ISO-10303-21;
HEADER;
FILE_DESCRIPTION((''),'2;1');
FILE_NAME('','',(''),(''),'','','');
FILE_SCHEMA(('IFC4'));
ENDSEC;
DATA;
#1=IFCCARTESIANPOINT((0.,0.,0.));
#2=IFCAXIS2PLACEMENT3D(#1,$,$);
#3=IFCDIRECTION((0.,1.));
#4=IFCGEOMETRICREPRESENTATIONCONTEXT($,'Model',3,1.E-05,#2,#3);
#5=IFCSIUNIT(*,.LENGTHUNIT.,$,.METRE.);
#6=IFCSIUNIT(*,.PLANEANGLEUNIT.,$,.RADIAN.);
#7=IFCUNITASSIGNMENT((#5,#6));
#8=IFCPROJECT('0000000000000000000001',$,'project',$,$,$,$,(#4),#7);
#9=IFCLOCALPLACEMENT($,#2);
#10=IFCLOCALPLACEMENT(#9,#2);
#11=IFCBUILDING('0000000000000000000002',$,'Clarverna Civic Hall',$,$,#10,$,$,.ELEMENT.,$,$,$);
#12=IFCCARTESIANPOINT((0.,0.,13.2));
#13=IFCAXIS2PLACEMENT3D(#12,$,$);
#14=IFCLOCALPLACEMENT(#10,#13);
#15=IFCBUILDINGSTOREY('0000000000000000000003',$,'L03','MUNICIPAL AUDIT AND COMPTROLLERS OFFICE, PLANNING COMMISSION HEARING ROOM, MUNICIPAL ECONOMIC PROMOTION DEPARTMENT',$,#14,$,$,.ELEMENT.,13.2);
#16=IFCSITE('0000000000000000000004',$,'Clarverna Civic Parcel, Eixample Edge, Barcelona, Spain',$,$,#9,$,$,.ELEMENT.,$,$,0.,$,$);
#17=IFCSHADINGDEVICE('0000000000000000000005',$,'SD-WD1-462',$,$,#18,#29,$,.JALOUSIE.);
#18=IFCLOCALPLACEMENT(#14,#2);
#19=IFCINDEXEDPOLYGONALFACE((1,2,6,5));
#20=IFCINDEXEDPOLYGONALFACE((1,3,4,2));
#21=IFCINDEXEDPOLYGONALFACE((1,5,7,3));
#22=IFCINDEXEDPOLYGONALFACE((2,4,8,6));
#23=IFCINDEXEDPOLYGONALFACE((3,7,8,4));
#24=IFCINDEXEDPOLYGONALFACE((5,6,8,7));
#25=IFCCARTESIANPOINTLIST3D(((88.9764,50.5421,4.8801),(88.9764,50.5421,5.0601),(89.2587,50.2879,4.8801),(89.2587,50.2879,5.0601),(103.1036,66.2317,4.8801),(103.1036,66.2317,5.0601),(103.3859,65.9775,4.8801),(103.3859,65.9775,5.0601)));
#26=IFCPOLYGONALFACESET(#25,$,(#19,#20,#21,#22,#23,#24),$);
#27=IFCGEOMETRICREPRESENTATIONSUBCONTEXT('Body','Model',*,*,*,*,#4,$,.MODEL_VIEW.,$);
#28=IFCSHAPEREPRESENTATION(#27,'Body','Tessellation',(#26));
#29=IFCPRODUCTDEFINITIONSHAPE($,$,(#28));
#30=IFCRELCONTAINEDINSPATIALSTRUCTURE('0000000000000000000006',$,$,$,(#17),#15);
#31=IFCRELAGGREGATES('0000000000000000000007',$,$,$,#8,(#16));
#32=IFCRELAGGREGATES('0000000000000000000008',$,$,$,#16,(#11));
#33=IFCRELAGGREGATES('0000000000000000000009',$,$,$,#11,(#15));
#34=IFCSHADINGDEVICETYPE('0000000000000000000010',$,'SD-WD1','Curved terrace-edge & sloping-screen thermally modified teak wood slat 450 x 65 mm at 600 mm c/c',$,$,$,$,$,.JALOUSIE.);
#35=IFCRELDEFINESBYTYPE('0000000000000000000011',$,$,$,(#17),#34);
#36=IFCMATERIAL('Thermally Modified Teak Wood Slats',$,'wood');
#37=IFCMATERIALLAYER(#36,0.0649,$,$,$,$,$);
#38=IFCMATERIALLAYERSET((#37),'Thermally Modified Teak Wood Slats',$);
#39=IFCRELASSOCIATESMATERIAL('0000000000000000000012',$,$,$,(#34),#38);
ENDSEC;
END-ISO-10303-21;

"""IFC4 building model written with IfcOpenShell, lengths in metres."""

from ifc_helpers import new_model, si_unit, direction, frame, frame_2d, origin, place, context, subcontext, project, spatial, rectangle, extrude, material, layer, layer_set, type_object, element, save


model = new_model("IFC4")

# Units and contexts
model_context = context("Model", 3, precision=1e-05, world=origin(), true_north=direction((0.0, 1.0)))
body_context = subcontext(model_context, "Body", "Model", "MODEL_VIEW")
ifc_project = project(units=[si_unit("LENGTHUNIT", "METRE"), si_unit("PLANEANGLEUNIT", "RADIAN")], contexts=[model_context])

# Site, building, storey
site_placement = place(None, origin())
site = spatial("IfcSite", under=ifc_project, at=site_placement, Name="Clarverna Civic Parcel, Eixample Edge, Barcelona, Spain", CompositionType="ELEMENT", RefElevation=0.0)
building_placement = place(site_placement, origin())
building = spatial("IfcBuilding", under=site, at=building_placement, Name="Clarverna Civic Hall", CompositionType="ELEMENT")
storey_placement = place(building_placement, frame((0.0, 0.0, 13.2)))
storey = spatial("IfcBuildingStorey", under=building, at=storey_placement, Name="L03", Description="MUNICIPAL AUDIT AND COMPTROLLERS OFFICE, PLANNING COMMISSION HEARING ROOM, MUNICIPAL ECONOMIC PROMOTION DEPARTMENT", CompositionType="ELEMENT", Elevation=13.2)

# Shading device
ifc_material_1 = material(Name="Thermally Modified Teak Wood Slats", Category="wood")
ifc_layer_1 = layer(ifc_material_1, 0.0649)
ifc_layer_set_1 = layer_set([ifc_layer_1], Name="Thermally Modified Teak Wood Slats")
shading_device_type = type_object("IfcShadingDeviceType", Name="SD-WD1", Description="Curved terrace-edge & sloping-screen thermally modified teak wood slat 450 x 65 mm at 600 mm c/c", PredefinedType="JALOUSIE", material=ifc_layer_set_1)
shading_device_1_placement = place(storey_placement, frame((103.2446, 66.1045, 4.8801), z_axis=(0.0, 0.0, 1.0), x_axis=(-0.669134, -0.743142, 0.0)))
element("IfcShadingDevice", 1, at=shading_device_1_placement, inside=storey, type_object=shading_device_type, Name="SD-WD1-462", PredefinedType="JALOUSIE", context=body_context, shape_type="SweptSolid", body=[
    extrude(rectangle(XDim=21.1125, YDim=0.3799, at=frame_2d((10.5562, 0.0))), origin(), (0.0, 0.0, 1.0), 0.1799),
])

save(model, "model.ifc")
